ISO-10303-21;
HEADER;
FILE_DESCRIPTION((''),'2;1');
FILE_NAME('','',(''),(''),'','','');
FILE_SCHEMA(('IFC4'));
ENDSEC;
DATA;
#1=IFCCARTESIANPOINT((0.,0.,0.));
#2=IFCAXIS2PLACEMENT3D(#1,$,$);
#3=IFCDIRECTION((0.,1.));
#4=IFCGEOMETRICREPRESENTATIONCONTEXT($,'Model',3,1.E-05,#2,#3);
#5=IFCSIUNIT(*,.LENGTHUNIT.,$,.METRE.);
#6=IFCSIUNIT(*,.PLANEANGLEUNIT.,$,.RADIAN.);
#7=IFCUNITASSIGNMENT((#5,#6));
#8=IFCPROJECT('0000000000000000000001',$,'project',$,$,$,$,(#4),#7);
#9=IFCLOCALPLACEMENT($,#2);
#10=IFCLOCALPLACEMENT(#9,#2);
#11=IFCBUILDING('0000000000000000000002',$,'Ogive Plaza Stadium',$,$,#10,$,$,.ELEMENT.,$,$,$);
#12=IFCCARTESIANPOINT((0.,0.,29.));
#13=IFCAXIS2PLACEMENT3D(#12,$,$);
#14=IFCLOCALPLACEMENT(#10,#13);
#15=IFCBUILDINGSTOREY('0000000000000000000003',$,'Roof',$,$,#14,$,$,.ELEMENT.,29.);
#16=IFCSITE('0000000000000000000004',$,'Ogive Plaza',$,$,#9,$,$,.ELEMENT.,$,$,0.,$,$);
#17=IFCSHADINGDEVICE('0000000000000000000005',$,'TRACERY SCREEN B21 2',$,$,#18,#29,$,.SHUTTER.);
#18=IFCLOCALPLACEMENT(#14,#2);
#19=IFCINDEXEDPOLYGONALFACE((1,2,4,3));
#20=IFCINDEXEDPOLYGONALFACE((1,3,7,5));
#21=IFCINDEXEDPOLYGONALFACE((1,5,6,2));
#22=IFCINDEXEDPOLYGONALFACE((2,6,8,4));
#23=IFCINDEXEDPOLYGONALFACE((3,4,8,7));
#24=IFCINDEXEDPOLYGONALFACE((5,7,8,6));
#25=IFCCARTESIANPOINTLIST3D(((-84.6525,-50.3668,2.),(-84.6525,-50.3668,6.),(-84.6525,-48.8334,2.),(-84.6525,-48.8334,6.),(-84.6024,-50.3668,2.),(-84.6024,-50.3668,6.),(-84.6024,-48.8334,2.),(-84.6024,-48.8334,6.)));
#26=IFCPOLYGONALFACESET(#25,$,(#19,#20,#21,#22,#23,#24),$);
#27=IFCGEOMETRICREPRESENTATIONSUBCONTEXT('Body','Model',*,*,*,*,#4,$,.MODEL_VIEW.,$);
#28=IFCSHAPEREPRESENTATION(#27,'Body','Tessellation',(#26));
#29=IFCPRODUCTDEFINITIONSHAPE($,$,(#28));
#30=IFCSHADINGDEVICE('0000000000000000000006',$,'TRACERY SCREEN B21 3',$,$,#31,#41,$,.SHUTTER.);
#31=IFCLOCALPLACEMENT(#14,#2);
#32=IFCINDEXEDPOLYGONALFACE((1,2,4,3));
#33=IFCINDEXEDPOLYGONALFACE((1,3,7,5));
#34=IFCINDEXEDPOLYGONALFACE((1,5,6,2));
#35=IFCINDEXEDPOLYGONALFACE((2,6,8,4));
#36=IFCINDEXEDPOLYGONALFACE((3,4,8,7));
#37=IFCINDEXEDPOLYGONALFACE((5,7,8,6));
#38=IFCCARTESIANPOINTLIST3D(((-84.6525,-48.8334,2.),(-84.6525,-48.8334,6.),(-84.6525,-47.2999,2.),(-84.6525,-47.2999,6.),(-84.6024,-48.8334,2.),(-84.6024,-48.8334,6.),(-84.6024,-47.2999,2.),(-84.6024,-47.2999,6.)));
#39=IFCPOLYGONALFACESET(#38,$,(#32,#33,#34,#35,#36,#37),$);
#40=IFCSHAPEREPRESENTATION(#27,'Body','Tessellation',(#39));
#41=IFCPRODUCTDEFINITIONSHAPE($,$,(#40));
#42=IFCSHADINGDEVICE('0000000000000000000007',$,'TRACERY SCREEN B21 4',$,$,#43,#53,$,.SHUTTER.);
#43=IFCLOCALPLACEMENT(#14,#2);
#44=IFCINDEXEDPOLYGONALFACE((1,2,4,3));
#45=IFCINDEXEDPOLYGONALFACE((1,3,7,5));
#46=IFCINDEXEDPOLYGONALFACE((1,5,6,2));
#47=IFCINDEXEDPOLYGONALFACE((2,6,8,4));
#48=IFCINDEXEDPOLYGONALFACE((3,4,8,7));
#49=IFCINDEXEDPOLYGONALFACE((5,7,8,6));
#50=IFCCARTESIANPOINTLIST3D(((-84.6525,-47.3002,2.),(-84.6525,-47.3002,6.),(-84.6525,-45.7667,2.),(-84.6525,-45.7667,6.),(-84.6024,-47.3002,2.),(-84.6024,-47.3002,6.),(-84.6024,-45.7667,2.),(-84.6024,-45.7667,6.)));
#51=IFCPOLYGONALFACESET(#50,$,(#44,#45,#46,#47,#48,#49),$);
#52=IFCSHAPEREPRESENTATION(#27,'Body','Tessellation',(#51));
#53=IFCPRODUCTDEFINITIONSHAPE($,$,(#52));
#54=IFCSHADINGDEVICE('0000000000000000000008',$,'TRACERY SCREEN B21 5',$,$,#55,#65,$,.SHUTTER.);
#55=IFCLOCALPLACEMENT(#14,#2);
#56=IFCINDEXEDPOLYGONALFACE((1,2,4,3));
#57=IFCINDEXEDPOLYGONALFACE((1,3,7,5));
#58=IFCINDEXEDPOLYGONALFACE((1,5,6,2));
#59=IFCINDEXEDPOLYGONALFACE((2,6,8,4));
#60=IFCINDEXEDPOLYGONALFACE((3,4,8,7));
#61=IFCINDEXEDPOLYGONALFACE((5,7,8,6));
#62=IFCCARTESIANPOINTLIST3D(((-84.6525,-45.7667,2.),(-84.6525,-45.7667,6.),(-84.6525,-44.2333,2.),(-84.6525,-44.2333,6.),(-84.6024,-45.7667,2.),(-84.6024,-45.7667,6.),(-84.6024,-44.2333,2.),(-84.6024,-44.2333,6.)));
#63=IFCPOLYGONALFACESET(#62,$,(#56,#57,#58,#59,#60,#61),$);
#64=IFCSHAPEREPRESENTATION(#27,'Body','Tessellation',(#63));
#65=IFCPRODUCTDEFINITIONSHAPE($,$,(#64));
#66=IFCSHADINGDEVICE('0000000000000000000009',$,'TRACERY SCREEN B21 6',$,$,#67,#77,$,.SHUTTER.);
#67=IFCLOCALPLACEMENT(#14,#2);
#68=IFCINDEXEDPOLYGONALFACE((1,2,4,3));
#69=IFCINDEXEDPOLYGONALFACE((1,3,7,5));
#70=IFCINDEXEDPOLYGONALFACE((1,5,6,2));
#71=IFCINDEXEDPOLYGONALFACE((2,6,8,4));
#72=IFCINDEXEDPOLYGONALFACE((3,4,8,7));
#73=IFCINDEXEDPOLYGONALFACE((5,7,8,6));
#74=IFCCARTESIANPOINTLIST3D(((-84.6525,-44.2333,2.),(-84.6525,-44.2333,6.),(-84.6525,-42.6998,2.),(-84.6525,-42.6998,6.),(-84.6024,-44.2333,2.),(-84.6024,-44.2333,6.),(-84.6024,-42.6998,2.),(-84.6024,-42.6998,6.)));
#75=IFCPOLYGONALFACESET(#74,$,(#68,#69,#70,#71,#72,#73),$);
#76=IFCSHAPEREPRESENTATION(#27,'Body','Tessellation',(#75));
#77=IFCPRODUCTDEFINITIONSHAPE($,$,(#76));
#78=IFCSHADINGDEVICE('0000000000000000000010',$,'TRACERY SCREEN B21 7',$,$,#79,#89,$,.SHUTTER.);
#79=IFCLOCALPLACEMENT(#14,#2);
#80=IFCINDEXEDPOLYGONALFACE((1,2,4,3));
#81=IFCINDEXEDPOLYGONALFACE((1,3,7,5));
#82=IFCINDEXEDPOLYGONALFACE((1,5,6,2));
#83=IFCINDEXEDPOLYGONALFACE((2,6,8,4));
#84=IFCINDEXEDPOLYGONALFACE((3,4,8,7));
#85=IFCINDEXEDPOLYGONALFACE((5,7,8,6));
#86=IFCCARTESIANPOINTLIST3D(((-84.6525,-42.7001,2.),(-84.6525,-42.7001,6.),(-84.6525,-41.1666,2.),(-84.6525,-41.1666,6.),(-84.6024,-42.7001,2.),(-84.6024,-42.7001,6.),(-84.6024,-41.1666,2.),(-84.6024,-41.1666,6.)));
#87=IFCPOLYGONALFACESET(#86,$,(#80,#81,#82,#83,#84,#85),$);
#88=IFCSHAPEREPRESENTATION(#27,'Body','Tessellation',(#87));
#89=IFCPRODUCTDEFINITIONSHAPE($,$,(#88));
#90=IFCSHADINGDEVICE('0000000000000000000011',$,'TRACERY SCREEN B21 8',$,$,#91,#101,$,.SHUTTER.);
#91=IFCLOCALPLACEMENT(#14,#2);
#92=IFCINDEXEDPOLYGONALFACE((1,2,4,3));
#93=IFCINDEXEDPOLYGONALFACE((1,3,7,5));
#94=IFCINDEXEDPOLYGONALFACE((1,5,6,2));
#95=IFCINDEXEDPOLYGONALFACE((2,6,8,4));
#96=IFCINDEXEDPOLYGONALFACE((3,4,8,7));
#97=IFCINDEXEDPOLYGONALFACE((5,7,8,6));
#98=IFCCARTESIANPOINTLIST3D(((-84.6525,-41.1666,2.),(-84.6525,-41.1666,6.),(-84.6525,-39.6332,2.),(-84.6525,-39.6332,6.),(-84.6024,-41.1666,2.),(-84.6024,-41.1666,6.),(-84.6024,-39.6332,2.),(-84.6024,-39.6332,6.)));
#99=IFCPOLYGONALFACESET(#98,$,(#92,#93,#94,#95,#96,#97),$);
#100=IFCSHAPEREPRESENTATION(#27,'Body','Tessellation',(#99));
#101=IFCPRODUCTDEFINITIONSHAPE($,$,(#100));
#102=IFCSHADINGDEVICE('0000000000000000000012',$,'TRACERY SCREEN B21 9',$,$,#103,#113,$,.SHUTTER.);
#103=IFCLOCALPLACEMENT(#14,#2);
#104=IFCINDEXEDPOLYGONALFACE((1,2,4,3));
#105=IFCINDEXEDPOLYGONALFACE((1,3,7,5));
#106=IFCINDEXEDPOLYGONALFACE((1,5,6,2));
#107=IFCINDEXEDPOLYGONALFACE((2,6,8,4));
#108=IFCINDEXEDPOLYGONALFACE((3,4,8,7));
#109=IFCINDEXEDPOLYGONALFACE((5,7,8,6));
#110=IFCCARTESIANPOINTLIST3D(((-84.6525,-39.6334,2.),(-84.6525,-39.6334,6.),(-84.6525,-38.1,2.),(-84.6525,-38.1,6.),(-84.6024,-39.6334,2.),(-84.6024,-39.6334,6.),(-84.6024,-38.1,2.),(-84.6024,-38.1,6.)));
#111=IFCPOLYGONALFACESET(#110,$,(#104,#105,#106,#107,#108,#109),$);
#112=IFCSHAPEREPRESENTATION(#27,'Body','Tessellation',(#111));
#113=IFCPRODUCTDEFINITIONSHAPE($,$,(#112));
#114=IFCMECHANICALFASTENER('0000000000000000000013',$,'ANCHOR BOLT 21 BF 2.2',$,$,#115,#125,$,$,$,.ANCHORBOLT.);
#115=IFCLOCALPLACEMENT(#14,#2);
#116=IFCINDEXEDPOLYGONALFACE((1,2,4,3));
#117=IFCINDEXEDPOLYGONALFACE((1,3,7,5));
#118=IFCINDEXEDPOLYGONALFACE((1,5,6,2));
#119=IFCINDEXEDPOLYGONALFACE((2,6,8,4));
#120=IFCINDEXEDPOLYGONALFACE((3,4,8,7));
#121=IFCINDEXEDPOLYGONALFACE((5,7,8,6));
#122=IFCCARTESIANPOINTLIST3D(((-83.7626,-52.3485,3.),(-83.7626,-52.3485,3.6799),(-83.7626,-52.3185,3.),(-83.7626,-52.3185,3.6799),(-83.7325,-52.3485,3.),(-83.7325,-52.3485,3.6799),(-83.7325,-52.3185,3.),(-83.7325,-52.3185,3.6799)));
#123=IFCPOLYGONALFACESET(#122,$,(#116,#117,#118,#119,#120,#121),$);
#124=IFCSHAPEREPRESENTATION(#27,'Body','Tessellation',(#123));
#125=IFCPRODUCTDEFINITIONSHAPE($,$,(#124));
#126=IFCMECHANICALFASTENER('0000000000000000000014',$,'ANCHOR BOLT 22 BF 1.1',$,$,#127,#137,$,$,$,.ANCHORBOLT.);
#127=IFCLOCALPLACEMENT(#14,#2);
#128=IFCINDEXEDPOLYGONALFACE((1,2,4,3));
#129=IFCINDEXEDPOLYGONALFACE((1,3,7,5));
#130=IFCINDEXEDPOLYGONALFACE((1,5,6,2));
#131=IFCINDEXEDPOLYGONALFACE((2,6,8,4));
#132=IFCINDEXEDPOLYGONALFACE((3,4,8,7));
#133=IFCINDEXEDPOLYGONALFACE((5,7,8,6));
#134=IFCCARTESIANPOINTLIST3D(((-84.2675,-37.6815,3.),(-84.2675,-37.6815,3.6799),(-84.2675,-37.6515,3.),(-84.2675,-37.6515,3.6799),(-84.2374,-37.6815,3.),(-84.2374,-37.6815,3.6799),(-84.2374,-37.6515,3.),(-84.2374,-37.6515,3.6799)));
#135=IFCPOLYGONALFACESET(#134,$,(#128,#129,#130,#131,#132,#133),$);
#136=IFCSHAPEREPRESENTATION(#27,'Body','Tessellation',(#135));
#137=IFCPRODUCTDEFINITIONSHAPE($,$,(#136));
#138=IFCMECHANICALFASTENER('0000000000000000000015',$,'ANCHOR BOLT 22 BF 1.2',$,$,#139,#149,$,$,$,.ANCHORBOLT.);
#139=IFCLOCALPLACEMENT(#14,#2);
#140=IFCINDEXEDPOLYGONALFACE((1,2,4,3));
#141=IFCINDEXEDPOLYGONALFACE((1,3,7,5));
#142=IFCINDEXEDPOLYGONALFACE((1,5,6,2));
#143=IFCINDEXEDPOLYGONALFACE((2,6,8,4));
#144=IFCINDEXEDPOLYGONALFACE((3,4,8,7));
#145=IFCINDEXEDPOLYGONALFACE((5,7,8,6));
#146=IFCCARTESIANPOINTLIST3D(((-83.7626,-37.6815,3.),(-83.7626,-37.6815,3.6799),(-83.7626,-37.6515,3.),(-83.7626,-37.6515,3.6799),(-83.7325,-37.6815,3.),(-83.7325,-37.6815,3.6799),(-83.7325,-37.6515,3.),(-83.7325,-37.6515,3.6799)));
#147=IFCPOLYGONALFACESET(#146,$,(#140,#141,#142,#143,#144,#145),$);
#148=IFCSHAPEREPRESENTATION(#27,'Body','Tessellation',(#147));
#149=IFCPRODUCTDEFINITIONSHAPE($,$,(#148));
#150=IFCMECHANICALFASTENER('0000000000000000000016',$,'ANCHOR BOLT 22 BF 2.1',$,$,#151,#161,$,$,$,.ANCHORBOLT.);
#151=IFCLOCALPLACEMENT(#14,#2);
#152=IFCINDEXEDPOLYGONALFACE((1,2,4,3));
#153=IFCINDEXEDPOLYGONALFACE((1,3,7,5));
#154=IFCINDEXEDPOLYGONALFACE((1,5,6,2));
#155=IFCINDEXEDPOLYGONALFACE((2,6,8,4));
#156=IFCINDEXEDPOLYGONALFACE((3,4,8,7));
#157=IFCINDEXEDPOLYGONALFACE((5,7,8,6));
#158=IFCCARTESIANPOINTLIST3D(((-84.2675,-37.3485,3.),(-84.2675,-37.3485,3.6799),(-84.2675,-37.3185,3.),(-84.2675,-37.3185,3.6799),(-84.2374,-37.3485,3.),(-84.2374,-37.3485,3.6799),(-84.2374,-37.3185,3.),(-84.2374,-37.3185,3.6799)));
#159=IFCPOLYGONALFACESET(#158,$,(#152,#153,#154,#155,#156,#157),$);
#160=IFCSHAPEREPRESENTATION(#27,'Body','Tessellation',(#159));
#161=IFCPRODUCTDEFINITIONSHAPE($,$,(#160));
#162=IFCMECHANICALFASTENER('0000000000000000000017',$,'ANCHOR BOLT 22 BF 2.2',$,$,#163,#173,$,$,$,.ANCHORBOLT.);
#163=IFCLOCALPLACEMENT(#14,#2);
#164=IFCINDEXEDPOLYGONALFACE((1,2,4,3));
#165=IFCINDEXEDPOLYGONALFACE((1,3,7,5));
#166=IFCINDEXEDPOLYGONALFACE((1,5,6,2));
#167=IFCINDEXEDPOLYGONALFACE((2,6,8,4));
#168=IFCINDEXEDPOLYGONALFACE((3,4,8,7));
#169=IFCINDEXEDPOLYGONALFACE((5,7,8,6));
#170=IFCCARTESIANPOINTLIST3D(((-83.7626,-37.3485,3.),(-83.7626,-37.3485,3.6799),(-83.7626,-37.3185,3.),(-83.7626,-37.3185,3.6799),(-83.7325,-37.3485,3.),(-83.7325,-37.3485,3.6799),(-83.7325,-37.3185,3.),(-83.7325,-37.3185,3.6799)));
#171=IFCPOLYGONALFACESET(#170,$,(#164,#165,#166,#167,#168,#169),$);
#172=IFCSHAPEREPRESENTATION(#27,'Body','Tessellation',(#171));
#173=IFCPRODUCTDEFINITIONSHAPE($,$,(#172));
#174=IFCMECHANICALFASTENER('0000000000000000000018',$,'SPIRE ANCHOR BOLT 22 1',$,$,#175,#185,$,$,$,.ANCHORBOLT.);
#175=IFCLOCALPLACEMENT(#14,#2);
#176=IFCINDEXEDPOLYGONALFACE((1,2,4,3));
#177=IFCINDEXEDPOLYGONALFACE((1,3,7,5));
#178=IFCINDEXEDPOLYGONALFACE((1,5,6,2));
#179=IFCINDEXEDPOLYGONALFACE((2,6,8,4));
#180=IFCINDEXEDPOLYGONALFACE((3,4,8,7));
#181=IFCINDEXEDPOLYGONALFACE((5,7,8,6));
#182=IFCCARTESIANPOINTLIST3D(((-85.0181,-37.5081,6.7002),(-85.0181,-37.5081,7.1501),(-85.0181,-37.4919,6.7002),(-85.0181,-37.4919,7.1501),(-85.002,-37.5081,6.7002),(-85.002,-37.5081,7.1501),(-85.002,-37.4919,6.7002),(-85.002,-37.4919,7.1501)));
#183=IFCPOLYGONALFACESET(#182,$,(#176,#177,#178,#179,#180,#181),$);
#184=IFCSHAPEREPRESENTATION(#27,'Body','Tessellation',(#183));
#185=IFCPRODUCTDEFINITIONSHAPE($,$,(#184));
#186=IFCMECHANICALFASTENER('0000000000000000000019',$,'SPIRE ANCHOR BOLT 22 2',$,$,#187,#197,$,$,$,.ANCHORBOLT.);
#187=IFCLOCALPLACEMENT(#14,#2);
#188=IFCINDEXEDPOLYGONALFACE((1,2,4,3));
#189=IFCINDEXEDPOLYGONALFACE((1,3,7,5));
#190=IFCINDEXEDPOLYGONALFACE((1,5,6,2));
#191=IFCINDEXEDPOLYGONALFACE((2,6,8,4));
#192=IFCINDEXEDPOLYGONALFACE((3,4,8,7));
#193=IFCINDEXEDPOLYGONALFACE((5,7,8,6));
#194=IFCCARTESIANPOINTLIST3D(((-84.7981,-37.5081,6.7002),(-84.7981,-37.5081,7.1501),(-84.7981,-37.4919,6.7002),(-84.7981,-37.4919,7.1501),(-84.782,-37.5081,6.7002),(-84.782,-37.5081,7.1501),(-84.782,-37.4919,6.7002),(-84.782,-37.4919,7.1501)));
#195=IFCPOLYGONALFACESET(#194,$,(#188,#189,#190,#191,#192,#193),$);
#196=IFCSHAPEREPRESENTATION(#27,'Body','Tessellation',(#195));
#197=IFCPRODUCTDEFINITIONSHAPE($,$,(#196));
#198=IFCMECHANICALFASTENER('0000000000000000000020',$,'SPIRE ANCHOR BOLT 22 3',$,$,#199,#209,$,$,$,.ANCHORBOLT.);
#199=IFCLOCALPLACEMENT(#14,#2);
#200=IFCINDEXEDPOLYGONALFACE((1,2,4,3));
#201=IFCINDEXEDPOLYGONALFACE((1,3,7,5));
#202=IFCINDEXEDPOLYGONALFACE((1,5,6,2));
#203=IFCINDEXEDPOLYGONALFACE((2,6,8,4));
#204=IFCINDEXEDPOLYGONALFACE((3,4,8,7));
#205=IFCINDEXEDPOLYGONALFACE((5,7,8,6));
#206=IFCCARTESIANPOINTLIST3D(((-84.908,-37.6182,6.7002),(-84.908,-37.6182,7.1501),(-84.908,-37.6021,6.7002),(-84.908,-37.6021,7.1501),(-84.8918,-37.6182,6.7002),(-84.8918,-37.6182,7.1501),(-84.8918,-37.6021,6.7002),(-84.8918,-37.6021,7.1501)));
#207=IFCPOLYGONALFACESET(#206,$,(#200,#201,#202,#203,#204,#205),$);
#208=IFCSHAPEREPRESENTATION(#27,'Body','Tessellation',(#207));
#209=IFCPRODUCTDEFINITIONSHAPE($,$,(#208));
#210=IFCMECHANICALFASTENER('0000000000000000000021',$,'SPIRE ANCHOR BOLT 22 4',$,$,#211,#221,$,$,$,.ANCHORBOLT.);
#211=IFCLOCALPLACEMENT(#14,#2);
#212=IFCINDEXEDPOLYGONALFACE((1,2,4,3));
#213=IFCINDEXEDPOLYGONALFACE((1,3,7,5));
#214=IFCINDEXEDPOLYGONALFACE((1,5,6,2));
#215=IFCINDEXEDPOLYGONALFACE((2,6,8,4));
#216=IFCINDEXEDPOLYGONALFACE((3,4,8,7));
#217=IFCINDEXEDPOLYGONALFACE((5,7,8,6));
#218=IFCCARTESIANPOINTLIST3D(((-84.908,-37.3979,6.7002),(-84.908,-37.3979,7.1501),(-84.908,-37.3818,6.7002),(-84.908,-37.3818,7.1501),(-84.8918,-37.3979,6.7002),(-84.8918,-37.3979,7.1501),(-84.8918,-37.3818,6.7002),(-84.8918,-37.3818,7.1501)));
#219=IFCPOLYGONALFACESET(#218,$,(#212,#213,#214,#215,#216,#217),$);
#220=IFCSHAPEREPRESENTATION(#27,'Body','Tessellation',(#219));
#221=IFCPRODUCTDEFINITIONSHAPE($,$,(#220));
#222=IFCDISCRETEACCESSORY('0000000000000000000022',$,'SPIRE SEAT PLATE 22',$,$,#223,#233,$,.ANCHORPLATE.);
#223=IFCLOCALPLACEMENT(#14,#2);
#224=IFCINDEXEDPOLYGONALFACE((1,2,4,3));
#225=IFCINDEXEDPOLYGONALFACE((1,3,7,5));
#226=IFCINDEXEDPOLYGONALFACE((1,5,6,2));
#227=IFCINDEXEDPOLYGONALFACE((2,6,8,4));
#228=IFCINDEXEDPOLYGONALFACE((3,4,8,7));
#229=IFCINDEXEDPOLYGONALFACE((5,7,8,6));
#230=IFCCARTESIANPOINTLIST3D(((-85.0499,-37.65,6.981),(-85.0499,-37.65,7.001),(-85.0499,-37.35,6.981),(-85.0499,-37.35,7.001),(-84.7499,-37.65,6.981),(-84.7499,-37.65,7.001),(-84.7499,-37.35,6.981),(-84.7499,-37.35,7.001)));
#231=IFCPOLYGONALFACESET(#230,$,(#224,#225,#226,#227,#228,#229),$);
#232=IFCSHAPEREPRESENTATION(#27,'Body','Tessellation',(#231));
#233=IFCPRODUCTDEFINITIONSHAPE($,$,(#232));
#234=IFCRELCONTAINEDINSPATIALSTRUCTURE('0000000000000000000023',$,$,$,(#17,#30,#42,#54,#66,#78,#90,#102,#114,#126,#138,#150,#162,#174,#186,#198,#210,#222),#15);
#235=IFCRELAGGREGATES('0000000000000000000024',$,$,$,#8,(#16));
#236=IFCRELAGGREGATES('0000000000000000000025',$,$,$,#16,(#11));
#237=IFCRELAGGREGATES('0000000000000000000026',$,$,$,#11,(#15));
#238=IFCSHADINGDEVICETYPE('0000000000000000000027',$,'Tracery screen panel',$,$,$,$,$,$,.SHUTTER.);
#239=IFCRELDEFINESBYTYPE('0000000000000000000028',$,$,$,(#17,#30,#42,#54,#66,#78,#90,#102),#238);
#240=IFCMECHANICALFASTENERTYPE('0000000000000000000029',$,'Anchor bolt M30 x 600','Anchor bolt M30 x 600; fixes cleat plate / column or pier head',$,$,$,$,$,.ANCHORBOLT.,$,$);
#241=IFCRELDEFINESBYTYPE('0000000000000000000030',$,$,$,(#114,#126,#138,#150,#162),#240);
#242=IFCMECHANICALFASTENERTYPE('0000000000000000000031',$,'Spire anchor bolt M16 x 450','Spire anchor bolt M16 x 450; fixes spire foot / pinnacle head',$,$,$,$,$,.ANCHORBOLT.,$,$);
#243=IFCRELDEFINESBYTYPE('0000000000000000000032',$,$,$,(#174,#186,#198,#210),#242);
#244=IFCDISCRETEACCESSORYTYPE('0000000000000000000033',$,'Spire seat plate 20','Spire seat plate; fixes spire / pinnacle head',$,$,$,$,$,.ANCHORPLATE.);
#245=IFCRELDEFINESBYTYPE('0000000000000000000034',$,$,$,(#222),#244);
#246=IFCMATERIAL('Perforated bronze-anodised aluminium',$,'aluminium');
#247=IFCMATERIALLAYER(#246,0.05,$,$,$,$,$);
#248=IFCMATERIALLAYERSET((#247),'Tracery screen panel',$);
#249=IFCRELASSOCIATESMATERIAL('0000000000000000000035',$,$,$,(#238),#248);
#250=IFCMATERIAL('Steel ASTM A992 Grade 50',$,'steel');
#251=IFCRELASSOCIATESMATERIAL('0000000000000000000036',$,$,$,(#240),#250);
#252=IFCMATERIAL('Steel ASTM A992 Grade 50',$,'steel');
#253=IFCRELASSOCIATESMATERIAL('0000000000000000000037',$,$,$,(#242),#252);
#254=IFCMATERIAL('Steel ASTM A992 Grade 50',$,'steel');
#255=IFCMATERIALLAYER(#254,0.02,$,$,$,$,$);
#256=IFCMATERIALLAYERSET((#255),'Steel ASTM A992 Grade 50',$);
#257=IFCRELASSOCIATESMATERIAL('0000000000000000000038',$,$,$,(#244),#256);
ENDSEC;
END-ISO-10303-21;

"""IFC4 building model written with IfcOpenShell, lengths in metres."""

from ifc_helpers import new_model, si_unit, direction, frame, origin, origin_2d, place, context, subcontext, project, spatial, rectangle, extrude, material, layer, layer_set, type_object, element, save


model = new_model("IFC4")

# Units and contexts
model_context = context("Model", 3, precision=1e-05, world=origin(), true_north=direction((0.0, 1.0)))
body_context = subcontext(model_context, "Body", "Model", "MODEL_VIEW")
ifc_project = project(units=[si_unit("LENGTHUNIT", "METRE"), si_unit("PLANEANGLEUNIT", "RADIAN")], contexts=[model_context])

# Site, building, storey
site_placement = place(None, origin())
site = spatial("IfcSite", under=ifc_project, at=site_placement, Name="Ogive Plaza", CompositionType="ELEMENT", RefElevation=0.0)
building_placement = place(site_placement, origin())
building = spatial("IfcBuilding", under=site, at=building_placement, Name="Ogive Plaza Stadium", CompositionType="ELEMENT")
storey_placement = place(building_placement, frame((0.0, 0.0, 29.0)))
storey = spatial("IfcBuildingStorey", under=building, at=storey_placement, Name="Roof", CompositionType="ELEMENT", Elevation=29.0)

# Shading devices
ifc_material_1 = material(Name="Perforated bronze-anodised aluminium", Category="aluminium")
ifc_layer_1 = layer(ifc_material_1, 0.05)
ifc_layer_set_1 = layer_set([ifc_layer_1], Name="Tracery screen panel")
shading_device_type = type_object("IfcShadingDeviceType", Name="Tracery screen panel", PredefinedType="SHUTTER", material=ifc_layer_set_1)
for number, where, z_axis, x_axis, name in (
    (1, (-84.6274, -49.6001, 2.0), (0.0, 0.0, 1.0), (0.0, 1.0, 0.0), "TRACERY SCREEN B21 2"),
    (2, (-84.6274, -48.0667, 2.0), (0.0, 0.0, 1.0), (0.0, 1.0, 0.0), "TRACERY SCREEN B21 3"),
    (3, (-84.6274, -46.5334, 2.0), (0.0, 0.0, 1.0), (0.0, 1.0, 0.0), "TRACERY SCREEN B21 4"),
    (4, (-84.6274, -45.0, 2.0), (0.0, 0.0, 1.0), (0.0, 1.0, 0.0), "TRACERY SCREEN B21 5"),
    (5, (-84.6274, -43.4666, 2.0), (0.0, 0.0, 1.0), (0.0, 1.0, 0.0), "TRACERY SCREEN B21 6"),
    (6, (-84.6274, -41.9333, 2.0), (0.0, 0.0, 1.0), (0.0, 1.0, 0.0), "TRACERY SCREEN B21 7"),
    (7, (-84.6274, -40.3999, 2.0), (0.0, 0.0, 1.0), (0.0, 1.0, 0.0), "TRACERY SCREEN B21 8"),
    (8, (-84.6274, -38.8667, 2.0), (0.0, 0.0, 1.0), (0.0, 1.0, 0.0), "TRACERY SCREEN B21 9"),
):
    element("IfcShadingDevice", number, at=place(storey_placement, frame(where, z_axis=z_axis, x_axis=x_axis)), inside=storey, type_object=shading_device_type, Name=name, PredefinedType="SHUTTER", context=body_context, shape_type="SweptSolid", body=[
        extrude(rectangle(XDim=1.5334, YDim=0.05, at=origin_2d()), origin(), (0.0, 0.0, 1.0), 4.0),
    ])

# Mechanical fasteners
ifc_material_2 = material(Name="Steel ASTM A992 Grade 50", Category="steel")
mechanical_fastener_type_1 = type_object("IfcMechanicalFastenerType", Name="Anchor bolt M30 x 600", Description="Anchor bolt M30 x 600; fixes cleat plate / column or pier head", PredefinedType="ANCHORBOLT", material=ifc_material_2)
for number, where, z_axis, x_axis, name in (
    (9, (-83.7476, -52.3335, 3.0), (0.0, 0.0, 1.0), (-1.0, 0.0, 0.0), "ANCHOR BOLT 21 BF 2.2"),
    (10, (-84.2524, -37.6665, 3.0), (0.0, 0.0, 1.0), (-1.0, 0.0, 0.0), "ANCHOR BOLT 22 BF 1.1"),
    (11, (-83.7476, -37.6665, 3.0), (0.0, 0.0, 1.0), (-1.0, 0.0, 0.0), "ANCHOR BOLT 22 BF 1.2"),
    (12, (-84.2524, -37.3335, 3.0), (0.0, 0.0, 1.0), (-1.0, 0.0, 0.0), "ANCHOR BOLT 22 BF 2.1"),
    (13, (-83.7476, -37.3335, 3.0), (0.0, 0.0, 1.0), (-1.0, 0.0, 0.0), "ANCHOR BOLT 22 BF 2.2"),
):
    element("IfcMechanicalFastener", number, at=place(storey_placement, frame(where, z_axis=z_axis, x_axis=x_axis)), inside=storey, type_object=mechanical_fastener_type_1, Name=name, PredefinedType="ANCHORBOLT", context=body_context, shape_type="SweptSolid", body=[
        extrude(rectangle(XDim=0.03, YDim=0.03, at=origin_2d()), origin(), (0.0, 0.0, 1.0), 0.6799),
    ])
ifc_material_3 = material(Name="Steel ASTM A992 Grade 50", Category="steel")
mechanical_fastener_type_2 = type_object("IfcMechanicalFastenerType", Name="Spire anchor bolt M16 x 450", Description="Spire anchor bolt M16 x 450; fixes spire foot / pinnacle head", PredefinedType="ANCHORBOLT", material=ifc_material_3)
for number, where, z_axis, x_axis, name in (
    (14, (-85.01, -37.5, 6.7002), (0.0, 0.0, 1.0), (-1.0, 0.0, 0.0), "SPIRE ANCHOR BOLT 22 1"),
    (15, (-84.79, -37.5, 6.7002), (0.0, 0.0, 1.0), (-1.0, 0.0, 0.0), "SPIRE ANCHOR BOLT 22 2"),
    (16, (-84.8999, -37.6101, 6.7002), (0.0, 0.0, 1.0), (-1.0, 0.0, 0.0), "SPIRE ANCHOR BOLT 22 3"),
    (17, (-84.8999, -37.3899, 6.7002), (0.0, 0.0, 1.0), (-1.0, 0.0, 0.0), "SPIRE ANCHOR BOLT 22 4"),
):
    element("IfcMechanicalFastener", number, at=place(storey_placement, frame(where, z_axis=z_axis, x_axis=x_axis)), inside=storey, type_object=mechanical_fastener_type_2, Name=name, PredefinedType="ANCHORBOLT", context=body_context, shape_type="SweptSolid", body=[
        extrude(rectangle(XDim=0.0161, YDim=0.0161, at=origin_2d()), origin(), (0.0, 0.0, 1.0), 0.45),
    ])

# Discrete accessory
ifc_material_4 = material(Name="Steel ASTM A992 Grade 50", Category="steel")
ifc_layer_2 = layer(ifc_material_4, 0.02)
ifc_layer_set_2 = layer_set([ifc_layer_2], Name="Steel ASTM A992 Grade 50")
discrete_accessory_type_1 = type_object("IfcDiscreteAccessoryType", Name="Spire seat plate 20", Description="Spire seat plate; fixes spire / pinnacle head", PredefinedType="ANCHORPLATE", material=ifc_layer_set_2)
discrete_accessory_placement = place(storey_placement, frame((-84.8999, -37.5, 6.981), z_axis=(0.0, 0.0, 1.0), x_axis=(-1.0, 0.0, 0.0)))
element("IfcDiscreteAccessory", 18, at=discrete_accessory_placement, inside=storey, type_object=discrete_accessory_type_1, Name="SPIRE SEAT PLATE 22", PredefinedType="ANCHORPLATE", context=body_context, shape_type="SweptSolid", body=[
    extrude(rectangle(XDim=0.3, YDim=0.3, at=origin_2d()), origin(), (0.0, 0.0, 1.0), 0.02),
])

save(model, "model.ifc")
